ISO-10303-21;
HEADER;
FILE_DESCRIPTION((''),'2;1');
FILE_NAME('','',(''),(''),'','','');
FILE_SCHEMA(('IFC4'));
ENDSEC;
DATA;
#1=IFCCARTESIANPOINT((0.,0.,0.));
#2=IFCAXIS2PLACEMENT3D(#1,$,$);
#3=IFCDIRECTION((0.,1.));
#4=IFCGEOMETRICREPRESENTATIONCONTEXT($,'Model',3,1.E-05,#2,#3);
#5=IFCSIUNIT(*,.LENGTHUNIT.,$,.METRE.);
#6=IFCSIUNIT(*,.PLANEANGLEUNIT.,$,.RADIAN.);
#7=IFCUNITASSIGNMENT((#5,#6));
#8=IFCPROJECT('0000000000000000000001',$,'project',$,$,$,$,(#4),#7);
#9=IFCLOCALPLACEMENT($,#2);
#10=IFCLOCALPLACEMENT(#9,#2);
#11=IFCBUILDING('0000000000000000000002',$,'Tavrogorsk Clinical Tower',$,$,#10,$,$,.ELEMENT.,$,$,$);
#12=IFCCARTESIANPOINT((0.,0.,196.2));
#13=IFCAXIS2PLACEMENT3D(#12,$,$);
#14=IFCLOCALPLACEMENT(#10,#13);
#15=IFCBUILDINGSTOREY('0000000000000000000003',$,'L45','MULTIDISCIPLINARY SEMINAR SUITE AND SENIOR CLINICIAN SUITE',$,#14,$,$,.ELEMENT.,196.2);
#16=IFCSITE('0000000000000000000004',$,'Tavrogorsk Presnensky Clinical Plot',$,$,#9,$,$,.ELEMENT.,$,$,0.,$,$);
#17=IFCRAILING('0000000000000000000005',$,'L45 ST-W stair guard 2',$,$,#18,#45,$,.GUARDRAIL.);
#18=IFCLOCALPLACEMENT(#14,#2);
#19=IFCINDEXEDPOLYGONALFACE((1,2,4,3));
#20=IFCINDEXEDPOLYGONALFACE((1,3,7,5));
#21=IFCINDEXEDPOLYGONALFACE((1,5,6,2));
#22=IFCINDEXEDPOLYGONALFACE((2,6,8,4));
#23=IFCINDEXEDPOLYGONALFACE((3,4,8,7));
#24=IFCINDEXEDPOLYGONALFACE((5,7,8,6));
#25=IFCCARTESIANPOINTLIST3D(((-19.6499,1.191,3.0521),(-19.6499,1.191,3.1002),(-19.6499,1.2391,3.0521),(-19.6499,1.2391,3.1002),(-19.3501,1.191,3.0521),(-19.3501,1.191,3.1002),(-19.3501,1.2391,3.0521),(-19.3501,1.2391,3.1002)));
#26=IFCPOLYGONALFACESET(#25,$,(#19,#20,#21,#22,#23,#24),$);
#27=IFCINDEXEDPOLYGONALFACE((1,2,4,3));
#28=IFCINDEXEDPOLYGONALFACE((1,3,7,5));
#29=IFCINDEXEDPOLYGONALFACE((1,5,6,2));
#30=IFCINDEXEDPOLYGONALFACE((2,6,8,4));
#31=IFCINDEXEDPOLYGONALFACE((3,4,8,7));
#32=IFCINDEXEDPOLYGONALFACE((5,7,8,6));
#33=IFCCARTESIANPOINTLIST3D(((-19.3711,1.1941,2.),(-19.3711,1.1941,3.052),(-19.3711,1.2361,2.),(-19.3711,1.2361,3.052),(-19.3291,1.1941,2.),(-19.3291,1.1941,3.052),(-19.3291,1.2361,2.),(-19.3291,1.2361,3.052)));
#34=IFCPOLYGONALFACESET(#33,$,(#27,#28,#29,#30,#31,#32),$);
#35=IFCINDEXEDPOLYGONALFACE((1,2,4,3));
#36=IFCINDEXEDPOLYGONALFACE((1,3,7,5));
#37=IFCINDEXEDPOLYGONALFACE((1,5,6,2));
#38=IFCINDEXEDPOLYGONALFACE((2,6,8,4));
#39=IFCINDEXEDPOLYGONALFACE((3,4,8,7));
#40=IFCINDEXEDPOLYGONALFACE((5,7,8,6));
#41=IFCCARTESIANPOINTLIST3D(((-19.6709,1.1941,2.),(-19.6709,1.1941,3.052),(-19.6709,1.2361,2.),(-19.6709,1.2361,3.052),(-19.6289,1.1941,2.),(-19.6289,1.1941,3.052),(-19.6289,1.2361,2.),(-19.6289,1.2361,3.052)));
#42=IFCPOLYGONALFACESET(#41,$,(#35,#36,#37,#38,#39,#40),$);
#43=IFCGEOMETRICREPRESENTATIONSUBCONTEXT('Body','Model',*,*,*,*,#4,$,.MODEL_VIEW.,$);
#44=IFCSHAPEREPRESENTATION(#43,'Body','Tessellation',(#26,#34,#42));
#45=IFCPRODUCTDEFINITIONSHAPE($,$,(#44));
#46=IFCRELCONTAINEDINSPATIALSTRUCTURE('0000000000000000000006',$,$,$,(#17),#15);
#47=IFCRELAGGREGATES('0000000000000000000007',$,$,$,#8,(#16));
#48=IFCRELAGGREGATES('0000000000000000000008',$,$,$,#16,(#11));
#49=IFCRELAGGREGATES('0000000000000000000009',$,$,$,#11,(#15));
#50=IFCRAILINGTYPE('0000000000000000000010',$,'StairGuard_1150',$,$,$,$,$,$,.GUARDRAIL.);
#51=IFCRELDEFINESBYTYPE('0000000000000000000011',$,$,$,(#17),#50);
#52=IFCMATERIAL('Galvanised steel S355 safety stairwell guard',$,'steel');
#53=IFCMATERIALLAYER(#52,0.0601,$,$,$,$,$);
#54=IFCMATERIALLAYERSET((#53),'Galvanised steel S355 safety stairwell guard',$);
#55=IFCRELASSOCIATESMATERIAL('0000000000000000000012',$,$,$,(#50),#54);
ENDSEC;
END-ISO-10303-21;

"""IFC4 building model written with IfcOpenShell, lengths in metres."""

from ifc_helpers import new_model, si_unit, direction, frame, origin, origin_2d, place, context, subcontext, project, spatial, rectangle, extrude, material, layer, layer_set, type_object, element, save


model = new_model("IFC4")

# Units and contexts
model_context = context("Model", 3, precision=1e-05, world=origin(), true_north=direction((0.0, 1.0)))
body_context = subcontext(model_context, "Body", "Model", "MODEL_VIEW")
ifc_project = project(units=[si_unit("LENGTHUNIT", "METRE"), si_unit("PLANEANGLEUNIT", "RADIAN")], contexts=[model_context])

# Site, building, storey
site_placement = place(None, origin())
site = spatial("IfcSite", under=ifc_project, at=site_placement, Name="Tavrogorsk Presnensky Clinical Plot", CompositionType="ELEMENT", RefElevation=0.0)
building_placement = place(site_placement, origin())
building = spatial("IfcBuilding", under=site, at=building_placement, Name="Tavrogorsk Clinical Tower", CompositionType="ELEMENT")
storey_placement = place(building_placement, frame((0.0, 0.0, 196.2)))
storey = spatial("IfcBuildingStorey", under=building, at=storey_placement, Name="L45", Description="MULTIDISCIPLINARY SEMINAR SUITE AND SENIOR CLINICIAN SUITE", CompositionType="ELEMENT", Elevation=196.2)

# Railing
ifc_material_1 = material(Name="Galvanised steel S355 safety stairwell guard", Category="steel")
ifc_layer_1 = layer(ifc_material_1, 0.0601)
ifc_layer_set_1 = layer_set([ifc_layer_1], Name="Galvanised steel S355 safety stairwell guard")
railing_type = type_object("IfcRailingType", Name="StairGuard_1150", PredefinedType="GUARDRAIL", material=ifc_layer_set_1)
railing_placement = place(storey_placement, frame((-19.3501, 1.2151, 2.0)))
element("IfcRailing", 1, at=railing_placement, inside=storey, type_object=railing_type, Name="L45 ST-W stair guard 2", PredefinedType="GUARDRAIL", context=body_context, shape_type="SweptSolid", body=[
    extrude(rectangle(XDim=0.0481, YDim=0.0481, at=origin_2d()), frame((0.0, 0.0, 1.0762), z_axis=(-1.0, 0.0, 0.0), x_axis=(0.0, -1.0, 0.0)), (0.0, 0.0, 1.0), 0.2998),
    extrude(rectangle(XDim=0.042, YDim=0.042, at=origin_2d()), origin(), (0.0, 0.0, 1.0), 1.052),
    extrude(rectangle(XDim=0.042, YDim=0.042, at=origin_2d()), frame((-0.2998, 0.0, 0.0)), (0.0, 0.0, 1.0), 1.052),
])

save(model, "model.ifc")
